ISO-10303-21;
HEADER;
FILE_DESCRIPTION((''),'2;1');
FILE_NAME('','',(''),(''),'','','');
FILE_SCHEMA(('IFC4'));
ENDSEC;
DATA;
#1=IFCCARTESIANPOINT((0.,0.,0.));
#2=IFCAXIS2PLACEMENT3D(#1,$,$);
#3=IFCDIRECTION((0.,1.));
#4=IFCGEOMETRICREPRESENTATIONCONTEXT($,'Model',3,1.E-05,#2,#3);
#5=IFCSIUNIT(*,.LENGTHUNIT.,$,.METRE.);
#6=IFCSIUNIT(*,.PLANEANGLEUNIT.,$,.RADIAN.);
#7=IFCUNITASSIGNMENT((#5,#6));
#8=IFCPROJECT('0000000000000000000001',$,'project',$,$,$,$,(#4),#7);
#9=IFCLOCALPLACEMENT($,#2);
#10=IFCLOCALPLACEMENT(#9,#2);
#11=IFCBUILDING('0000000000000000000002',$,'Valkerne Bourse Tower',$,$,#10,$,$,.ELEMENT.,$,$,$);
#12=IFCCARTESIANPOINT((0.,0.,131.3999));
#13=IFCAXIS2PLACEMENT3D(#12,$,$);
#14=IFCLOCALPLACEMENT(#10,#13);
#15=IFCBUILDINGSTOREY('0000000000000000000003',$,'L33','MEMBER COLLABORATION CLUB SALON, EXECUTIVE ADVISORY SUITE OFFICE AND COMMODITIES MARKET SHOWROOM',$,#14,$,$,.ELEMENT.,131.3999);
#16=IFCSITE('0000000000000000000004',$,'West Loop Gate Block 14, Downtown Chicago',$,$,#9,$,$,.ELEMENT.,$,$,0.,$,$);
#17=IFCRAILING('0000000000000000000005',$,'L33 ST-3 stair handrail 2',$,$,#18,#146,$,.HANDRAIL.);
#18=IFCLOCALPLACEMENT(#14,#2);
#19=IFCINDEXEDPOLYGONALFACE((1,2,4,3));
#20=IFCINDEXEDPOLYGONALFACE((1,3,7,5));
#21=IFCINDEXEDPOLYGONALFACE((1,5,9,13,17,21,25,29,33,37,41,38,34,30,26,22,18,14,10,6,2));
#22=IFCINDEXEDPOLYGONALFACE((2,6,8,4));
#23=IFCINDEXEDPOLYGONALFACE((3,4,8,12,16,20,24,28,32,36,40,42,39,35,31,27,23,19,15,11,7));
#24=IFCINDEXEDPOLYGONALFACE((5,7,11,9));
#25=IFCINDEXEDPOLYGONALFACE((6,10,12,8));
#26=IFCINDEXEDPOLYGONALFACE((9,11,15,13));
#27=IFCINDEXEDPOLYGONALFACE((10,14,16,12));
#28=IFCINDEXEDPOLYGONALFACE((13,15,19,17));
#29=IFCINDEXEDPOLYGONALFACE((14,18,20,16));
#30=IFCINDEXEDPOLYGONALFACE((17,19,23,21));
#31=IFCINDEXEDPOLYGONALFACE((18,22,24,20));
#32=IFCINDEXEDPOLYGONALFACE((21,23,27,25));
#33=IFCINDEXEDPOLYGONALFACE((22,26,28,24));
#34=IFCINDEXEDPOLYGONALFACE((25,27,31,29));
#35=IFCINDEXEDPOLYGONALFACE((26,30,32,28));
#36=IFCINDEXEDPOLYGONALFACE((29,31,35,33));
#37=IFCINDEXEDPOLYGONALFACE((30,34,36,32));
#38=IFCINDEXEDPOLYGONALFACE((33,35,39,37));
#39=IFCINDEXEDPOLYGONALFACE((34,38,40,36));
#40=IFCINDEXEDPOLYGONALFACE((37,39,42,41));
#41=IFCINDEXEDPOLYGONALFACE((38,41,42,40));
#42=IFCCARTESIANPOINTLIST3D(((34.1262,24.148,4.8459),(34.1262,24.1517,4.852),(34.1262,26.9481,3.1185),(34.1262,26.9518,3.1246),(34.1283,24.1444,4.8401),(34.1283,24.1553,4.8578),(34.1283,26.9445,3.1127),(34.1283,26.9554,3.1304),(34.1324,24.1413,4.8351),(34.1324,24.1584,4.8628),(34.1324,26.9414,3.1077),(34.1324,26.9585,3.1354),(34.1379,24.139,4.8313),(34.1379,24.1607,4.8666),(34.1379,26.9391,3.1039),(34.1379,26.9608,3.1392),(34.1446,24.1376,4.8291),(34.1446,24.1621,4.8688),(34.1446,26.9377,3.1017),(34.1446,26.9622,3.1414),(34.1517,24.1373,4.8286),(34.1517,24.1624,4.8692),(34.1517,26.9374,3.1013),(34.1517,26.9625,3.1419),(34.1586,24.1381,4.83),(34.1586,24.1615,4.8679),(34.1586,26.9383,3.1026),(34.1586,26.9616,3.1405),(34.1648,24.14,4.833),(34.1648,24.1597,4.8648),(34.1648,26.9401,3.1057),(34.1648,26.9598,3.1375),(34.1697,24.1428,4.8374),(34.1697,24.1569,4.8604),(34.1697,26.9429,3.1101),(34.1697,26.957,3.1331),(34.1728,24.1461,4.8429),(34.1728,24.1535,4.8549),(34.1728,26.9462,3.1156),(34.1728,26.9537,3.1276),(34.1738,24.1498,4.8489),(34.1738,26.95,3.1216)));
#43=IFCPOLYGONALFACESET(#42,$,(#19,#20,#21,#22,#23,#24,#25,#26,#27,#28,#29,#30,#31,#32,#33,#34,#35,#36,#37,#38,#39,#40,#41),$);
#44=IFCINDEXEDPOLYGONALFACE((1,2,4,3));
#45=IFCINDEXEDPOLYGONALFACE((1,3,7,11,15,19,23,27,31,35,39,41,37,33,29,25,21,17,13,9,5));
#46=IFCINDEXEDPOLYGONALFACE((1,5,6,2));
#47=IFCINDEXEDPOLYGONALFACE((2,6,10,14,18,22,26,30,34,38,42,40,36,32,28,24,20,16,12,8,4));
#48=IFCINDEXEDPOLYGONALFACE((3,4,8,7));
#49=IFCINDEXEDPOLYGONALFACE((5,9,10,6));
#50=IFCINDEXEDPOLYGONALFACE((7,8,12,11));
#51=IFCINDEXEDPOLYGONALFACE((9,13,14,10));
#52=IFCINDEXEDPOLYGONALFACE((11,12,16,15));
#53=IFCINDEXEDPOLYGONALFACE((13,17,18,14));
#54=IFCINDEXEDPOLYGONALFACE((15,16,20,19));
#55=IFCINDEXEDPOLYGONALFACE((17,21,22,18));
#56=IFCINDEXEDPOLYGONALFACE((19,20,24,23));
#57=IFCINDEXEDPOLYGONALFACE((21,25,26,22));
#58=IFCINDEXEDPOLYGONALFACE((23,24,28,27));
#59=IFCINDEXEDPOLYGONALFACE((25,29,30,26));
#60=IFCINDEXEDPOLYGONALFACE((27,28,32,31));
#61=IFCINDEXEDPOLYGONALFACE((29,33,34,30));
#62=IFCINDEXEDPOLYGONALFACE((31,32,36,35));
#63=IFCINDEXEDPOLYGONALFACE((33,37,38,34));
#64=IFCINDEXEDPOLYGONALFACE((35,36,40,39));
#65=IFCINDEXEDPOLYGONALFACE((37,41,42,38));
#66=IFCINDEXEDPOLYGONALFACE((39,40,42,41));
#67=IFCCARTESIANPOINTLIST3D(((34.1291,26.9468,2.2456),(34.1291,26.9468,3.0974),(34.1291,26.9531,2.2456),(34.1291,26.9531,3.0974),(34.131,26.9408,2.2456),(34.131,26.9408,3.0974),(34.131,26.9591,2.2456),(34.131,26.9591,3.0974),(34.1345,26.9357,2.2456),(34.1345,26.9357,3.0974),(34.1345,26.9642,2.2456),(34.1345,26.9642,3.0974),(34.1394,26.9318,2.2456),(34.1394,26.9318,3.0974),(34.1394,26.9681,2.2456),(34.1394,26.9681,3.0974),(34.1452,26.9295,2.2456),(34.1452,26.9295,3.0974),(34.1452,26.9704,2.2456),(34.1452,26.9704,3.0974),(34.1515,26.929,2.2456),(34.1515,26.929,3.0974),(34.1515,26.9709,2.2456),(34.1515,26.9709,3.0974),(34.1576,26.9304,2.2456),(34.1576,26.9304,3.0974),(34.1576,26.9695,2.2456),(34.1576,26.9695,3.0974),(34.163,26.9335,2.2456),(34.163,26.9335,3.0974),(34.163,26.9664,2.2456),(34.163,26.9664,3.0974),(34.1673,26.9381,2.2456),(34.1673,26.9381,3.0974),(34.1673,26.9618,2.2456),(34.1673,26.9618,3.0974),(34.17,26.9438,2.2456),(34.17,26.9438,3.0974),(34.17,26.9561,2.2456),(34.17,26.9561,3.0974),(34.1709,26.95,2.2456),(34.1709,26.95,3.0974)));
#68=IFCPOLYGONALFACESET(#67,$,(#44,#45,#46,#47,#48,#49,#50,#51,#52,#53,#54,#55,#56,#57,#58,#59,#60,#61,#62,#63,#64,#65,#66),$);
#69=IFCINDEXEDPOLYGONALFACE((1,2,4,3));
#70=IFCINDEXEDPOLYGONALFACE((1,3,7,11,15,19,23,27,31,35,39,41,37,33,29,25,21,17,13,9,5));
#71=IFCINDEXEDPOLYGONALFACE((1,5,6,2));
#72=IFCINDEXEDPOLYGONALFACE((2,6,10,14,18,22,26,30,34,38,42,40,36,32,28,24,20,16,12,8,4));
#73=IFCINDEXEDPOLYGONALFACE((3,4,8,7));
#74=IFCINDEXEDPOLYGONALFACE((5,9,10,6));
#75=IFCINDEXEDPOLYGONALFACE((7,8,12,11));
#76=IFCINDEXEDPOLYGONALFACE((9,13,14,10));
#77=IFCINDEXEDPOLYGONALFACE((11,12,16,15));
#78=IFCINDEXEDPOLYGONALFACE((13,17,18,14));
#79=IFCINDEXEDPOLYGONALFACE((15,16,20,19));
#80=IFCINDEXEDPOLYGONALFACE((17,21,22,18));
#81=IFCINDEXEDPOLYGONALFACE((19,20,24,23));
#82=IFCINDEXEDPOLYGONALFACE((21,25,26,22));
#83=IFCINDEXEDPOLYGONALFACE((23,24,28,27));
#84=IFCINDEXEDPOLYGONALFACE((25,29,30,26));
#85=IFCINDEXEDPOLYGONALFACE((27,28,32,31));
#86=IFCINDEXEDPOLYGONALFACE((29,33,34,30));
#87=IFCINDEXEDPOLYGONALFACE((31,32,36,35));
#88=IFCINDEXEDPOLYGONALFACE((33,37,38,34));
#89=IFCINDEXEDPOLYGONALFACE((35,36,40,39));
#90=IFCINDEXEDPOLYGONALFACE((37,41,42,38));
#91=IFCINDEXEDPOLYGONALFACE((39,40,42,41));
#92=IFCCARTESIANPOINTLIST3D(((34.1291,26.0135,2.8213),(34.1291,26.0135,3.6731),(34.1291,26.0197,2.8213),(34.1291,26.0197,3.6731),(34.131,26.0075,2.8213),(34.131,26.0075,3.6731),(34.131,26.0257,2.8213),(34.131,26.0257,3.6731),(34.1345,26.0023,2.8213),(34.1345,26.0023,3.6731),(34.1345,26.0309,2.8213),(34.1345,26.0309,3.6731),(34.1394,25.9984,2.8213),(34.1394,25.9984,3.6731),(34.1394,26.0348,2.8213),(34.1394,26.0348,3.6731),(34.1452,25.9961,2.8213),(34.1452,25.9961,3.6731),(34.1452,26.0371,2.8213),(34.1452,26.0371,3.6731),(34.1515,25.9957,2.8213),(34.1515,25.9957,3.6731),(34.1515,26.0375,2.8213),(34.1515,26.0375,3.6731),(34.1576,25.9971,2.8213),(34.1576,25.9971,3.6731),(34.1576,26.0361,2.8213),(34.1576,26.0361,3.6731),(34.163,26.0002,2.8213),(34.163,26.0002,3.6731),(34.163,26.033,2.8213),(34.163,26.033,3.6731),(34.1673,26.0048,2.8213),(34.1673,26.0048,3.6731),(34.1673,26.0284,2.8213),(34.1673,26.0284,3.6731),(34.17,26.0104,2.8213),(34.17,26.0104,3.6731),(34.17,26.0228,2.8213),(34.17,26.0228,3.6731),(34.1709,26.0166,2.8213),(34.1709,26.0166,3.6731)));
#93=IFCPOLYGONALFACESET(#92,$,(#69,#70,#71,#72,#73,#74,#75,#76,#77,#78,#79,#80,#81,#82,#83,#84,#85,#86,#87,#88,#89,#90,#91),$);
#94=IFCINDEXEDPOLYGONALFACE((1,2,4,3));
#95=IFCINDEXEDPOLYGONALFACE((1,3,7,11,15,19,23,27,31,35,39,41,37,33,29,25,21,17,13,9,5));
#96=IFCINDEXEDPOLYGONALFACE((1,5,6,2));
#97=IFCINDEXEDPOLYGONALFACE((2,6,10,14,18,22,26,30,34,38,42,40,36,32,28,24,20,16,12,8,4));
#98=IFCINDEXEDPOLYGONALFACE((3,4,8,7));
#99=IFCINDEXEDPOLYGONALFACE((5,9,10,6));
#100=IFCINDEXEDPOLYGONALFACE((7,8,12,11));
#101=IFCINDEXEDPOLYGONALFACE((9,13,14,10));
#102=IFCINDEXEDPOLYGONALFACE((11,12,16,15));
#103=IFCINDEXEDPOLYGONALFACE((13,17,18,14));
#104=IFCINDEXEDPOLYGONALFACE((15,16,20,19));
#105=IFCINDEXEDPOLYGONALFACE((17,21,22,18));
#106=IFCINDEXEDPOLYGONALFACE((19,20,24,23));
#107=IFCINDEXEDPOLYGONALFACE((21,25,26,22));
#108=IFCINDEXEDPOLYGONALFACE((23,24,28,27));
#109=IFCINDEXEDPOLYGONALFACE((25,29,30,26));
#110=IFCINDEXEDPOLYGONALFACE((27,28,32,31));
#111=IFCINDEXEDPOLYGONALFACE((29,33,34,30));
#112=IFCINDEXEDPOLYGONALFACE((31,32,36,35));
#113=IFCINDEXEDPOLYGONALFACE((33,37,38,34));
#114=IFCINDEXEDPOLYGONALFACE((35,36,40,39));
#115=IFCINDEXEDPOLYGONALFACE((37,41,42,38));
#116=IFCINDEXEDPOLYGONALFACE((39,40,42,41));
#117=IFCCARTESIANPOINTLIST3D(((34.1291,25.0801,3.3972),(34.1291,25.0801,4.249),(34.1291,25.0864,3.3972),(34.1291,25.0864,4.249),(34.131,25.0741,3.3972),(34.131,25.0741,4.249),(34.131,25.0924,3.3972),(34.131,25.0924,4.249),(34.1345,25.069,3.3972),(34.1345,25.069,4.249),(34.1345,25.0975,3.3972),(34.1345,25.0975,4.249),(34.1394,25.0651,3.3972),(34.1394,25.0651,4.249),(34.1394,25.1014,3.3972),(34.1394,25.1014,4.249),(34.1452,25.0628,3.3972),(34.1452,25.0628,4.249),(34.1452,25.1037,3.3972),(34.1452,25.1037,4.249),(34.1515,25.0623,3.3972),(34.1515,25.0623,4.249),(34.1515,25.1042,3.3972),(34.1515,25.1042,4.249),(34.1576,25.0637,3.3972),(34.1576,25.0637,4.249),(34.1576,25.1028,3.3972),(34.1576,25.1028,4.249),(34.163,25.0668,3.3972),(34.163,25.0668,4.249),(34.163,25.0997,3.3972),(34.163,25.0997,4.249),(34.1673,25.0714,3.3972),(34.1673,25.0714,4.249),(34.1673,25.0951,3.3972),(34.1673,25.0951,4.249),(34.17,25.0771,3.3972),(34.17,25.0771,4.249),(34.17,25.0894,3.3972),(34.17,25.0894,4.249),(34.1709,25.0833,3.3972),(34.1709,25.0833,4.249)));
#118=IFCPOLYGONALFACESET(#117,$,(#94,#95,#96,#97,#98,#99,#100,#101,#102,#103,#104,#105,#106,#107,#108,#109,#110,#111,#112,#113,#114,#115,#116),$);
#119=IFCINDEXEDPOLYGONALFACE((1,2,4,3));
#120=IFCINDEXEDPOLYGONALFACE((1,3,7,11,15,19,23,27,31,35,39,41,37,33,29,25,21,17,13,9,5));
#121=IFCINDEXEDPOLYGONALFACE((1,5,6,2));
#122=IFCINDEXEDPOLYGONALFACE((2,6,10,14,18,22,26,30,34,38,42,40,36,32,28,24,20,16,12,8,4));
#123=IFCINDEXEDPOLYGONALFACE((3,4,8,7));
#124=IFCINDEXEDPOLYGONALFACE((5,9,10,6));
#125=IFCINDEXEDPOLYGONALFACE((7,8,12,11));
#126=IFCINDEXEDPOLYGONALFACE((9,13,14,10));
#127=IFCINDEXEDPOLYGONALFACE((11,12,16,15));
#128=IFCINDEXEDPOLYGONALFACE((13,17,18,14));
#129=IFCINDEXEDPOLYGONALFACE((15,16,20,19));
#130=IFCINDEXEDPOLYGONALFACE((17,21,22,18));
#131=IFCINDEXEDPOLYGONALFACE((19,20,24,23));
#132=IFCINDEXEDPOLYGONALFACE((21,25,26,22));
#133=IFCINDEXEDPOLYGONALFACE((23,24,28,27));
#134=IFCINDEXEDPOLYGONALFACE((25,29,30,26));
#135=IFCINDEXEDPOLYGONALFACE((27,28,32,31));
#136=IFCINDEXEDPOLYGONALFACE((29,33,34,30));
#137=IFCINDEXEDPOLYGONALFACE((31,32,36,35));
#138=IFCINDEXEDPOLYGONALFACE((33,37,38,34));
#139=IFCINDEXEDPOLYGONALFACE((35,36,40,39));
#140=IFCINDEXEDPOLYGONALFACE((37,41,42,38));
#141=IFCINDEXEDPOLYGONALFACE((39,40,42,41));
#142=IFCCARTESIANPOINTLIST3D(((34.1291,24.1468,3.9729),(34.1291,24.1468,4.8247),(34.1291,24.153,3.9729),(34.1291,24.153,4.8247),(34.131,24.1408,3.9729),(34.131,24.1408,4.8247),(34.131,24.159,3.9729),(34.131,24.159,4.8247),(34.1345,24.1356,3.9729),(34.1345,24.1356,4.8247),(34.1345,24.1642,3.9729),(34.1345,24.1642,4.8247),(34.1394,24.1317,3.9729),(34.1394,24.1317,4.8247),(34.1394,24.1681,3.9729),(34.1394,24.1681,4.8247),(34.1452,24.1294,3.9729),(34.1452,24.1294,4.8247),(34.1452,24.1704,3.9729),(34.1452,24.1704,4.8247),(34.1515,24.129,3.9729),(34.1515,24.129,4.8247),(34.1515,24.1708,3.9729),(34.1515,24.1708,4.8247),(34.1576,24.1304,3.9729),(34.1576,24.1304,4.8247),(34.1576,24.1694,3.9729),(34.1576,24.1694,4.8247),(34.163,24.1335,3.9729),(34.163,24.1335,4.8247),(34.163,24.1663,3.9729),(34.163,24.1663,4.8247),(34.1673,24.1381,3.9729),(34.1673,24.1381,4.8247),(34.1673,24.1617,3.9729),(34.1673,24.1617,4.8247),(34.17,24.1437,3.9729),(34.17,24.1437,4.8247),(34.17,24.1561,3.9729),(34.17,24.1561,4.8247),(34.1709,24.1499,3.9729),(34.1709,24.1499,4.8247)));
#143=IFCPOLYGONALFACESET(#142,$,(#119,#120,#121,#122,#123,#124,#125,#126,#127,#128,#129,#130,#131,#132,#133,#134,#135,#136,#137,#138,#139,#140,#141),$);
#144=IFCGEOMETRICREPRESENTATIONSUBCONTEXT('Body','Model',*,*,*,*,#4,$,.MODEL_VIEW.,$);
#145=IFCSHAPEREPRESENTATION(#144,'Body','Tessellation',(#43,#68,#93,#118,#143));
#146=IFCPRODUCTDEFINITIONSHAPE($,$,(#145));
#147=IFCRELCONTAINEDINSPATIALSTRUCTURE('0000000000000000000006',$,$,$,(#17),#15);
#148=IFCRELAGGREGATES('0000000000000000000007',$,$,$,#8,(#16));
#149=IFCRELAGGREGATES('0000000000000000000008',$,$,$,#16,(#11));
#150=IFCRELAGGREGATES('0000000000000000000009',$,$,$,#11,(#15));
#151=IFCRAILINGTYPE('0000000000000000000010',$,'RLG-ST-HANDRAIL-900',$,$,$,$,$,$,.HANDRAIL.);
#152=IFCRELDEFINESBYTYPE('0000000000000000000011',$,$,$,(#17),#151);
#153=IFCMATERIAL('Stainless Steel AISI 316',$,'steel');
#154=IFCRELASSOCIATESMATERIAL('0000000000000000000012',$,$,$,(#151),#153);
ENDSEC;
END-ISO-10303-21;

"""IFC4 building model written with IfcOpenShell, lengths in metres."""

from ifc_helpers import new_model, si_unit, direction, frame, origin, origin_2d, place, context, subcontext, project, spatial, circle, extrude, material, type_object, element, save


model = new_model("IFC4")

# Units and contexts
model_context = context("Model", 3, precision=1e-05, world=origin(), true_north=direction((0.0, 1.0)))
body_context = subcontext(model_context, "Body", "Model", "MODEL_VIEW")
ifc_project = project(units=[si_unit("LENGTHUNIT", "METRE"), si_unit("PLANEANGLEUNIT", "RADIAN")], contexts=[model_context])

# Site, building, storey
site_placement = place(None, origin())
site = spatial("IfcSite", under=ifc_project, at=site_placement, Name="West Loop Gate Block 14, Downtown Chicago", CompositionType="ELEMENT", RefElevation=0.0)
building_placement = place(site_placement, origin())
building = spatial("IfcBuilding", under=site, at=building_placement, Name="Valkerne Bourse Tower", CompositionType="ELEMENT")
storey_placement = place(building_placement, frame((0.0, 0.0, 131.3999)))
storey = spatial("IfcBuildingStorey", under=building, at=storey_placement, Name="L33", Description="MEMBER COLLABORATION CLUB SALON, EXECUTIVE ADVISORY SUITE OFFICE AND COMMODITIES MARKET SHOWROOM", CompositionType="ELEMENT", Elevation=131.3999)

# Railing
ifc_material_1 = material(Name="Stainless Steel AISI 316", Category="steel")
railing_type_1 = type_object("IfcRailingType", Name="RLG-ST-HANDRAIL-900", PredefinedType="HANDRAIL", material=ifc_material_1)
railing_1_placement = place(storey_placement, frame((34.1499, 26.95, 2.2456)))
element("IfcRailing", 1, at=railing_1_placement, inside=storey, type_object=railing_type_1, Name="L33 ST-3 stair handrail 2", PredefinedType="HANDRAIL", context=body_context, shape_type="SweptSolid", body=[
    extrude(circle(Radius=0.0239, at=origin_2d()), frame((0.0, 0.0, 0.876), z_axis=(0.0, -0.85109, 0.52502), x_axis=(1.0, 0.0, 0.0)), (0.0, 0.0, 1.0), 3.29),
    extrude(circle(Radius=0.021, at=origin_2d()), origin(), (0.0, 0.0, 1.0), 0.8518),
    extrude(circle(Radius=0.021, at=origin_2d()), frame((0.0, -0.9333, 0.5757)), (0.0, 0.0, 1.0), 0.8518),
    extrude(circle(Radius=0.021, at=origin_2d()), frame((0.0, -1.8667, 1.1516)), (0.0, 0.0, 1.0), 0.8518),
    extrude(circle(Radius=0.021, at=origin_2d()), frame((0.0, -2.8, 1.7273)), (0.0, 0.0, 1.0), 0.8518),
])

save(model, "model.ifc")
